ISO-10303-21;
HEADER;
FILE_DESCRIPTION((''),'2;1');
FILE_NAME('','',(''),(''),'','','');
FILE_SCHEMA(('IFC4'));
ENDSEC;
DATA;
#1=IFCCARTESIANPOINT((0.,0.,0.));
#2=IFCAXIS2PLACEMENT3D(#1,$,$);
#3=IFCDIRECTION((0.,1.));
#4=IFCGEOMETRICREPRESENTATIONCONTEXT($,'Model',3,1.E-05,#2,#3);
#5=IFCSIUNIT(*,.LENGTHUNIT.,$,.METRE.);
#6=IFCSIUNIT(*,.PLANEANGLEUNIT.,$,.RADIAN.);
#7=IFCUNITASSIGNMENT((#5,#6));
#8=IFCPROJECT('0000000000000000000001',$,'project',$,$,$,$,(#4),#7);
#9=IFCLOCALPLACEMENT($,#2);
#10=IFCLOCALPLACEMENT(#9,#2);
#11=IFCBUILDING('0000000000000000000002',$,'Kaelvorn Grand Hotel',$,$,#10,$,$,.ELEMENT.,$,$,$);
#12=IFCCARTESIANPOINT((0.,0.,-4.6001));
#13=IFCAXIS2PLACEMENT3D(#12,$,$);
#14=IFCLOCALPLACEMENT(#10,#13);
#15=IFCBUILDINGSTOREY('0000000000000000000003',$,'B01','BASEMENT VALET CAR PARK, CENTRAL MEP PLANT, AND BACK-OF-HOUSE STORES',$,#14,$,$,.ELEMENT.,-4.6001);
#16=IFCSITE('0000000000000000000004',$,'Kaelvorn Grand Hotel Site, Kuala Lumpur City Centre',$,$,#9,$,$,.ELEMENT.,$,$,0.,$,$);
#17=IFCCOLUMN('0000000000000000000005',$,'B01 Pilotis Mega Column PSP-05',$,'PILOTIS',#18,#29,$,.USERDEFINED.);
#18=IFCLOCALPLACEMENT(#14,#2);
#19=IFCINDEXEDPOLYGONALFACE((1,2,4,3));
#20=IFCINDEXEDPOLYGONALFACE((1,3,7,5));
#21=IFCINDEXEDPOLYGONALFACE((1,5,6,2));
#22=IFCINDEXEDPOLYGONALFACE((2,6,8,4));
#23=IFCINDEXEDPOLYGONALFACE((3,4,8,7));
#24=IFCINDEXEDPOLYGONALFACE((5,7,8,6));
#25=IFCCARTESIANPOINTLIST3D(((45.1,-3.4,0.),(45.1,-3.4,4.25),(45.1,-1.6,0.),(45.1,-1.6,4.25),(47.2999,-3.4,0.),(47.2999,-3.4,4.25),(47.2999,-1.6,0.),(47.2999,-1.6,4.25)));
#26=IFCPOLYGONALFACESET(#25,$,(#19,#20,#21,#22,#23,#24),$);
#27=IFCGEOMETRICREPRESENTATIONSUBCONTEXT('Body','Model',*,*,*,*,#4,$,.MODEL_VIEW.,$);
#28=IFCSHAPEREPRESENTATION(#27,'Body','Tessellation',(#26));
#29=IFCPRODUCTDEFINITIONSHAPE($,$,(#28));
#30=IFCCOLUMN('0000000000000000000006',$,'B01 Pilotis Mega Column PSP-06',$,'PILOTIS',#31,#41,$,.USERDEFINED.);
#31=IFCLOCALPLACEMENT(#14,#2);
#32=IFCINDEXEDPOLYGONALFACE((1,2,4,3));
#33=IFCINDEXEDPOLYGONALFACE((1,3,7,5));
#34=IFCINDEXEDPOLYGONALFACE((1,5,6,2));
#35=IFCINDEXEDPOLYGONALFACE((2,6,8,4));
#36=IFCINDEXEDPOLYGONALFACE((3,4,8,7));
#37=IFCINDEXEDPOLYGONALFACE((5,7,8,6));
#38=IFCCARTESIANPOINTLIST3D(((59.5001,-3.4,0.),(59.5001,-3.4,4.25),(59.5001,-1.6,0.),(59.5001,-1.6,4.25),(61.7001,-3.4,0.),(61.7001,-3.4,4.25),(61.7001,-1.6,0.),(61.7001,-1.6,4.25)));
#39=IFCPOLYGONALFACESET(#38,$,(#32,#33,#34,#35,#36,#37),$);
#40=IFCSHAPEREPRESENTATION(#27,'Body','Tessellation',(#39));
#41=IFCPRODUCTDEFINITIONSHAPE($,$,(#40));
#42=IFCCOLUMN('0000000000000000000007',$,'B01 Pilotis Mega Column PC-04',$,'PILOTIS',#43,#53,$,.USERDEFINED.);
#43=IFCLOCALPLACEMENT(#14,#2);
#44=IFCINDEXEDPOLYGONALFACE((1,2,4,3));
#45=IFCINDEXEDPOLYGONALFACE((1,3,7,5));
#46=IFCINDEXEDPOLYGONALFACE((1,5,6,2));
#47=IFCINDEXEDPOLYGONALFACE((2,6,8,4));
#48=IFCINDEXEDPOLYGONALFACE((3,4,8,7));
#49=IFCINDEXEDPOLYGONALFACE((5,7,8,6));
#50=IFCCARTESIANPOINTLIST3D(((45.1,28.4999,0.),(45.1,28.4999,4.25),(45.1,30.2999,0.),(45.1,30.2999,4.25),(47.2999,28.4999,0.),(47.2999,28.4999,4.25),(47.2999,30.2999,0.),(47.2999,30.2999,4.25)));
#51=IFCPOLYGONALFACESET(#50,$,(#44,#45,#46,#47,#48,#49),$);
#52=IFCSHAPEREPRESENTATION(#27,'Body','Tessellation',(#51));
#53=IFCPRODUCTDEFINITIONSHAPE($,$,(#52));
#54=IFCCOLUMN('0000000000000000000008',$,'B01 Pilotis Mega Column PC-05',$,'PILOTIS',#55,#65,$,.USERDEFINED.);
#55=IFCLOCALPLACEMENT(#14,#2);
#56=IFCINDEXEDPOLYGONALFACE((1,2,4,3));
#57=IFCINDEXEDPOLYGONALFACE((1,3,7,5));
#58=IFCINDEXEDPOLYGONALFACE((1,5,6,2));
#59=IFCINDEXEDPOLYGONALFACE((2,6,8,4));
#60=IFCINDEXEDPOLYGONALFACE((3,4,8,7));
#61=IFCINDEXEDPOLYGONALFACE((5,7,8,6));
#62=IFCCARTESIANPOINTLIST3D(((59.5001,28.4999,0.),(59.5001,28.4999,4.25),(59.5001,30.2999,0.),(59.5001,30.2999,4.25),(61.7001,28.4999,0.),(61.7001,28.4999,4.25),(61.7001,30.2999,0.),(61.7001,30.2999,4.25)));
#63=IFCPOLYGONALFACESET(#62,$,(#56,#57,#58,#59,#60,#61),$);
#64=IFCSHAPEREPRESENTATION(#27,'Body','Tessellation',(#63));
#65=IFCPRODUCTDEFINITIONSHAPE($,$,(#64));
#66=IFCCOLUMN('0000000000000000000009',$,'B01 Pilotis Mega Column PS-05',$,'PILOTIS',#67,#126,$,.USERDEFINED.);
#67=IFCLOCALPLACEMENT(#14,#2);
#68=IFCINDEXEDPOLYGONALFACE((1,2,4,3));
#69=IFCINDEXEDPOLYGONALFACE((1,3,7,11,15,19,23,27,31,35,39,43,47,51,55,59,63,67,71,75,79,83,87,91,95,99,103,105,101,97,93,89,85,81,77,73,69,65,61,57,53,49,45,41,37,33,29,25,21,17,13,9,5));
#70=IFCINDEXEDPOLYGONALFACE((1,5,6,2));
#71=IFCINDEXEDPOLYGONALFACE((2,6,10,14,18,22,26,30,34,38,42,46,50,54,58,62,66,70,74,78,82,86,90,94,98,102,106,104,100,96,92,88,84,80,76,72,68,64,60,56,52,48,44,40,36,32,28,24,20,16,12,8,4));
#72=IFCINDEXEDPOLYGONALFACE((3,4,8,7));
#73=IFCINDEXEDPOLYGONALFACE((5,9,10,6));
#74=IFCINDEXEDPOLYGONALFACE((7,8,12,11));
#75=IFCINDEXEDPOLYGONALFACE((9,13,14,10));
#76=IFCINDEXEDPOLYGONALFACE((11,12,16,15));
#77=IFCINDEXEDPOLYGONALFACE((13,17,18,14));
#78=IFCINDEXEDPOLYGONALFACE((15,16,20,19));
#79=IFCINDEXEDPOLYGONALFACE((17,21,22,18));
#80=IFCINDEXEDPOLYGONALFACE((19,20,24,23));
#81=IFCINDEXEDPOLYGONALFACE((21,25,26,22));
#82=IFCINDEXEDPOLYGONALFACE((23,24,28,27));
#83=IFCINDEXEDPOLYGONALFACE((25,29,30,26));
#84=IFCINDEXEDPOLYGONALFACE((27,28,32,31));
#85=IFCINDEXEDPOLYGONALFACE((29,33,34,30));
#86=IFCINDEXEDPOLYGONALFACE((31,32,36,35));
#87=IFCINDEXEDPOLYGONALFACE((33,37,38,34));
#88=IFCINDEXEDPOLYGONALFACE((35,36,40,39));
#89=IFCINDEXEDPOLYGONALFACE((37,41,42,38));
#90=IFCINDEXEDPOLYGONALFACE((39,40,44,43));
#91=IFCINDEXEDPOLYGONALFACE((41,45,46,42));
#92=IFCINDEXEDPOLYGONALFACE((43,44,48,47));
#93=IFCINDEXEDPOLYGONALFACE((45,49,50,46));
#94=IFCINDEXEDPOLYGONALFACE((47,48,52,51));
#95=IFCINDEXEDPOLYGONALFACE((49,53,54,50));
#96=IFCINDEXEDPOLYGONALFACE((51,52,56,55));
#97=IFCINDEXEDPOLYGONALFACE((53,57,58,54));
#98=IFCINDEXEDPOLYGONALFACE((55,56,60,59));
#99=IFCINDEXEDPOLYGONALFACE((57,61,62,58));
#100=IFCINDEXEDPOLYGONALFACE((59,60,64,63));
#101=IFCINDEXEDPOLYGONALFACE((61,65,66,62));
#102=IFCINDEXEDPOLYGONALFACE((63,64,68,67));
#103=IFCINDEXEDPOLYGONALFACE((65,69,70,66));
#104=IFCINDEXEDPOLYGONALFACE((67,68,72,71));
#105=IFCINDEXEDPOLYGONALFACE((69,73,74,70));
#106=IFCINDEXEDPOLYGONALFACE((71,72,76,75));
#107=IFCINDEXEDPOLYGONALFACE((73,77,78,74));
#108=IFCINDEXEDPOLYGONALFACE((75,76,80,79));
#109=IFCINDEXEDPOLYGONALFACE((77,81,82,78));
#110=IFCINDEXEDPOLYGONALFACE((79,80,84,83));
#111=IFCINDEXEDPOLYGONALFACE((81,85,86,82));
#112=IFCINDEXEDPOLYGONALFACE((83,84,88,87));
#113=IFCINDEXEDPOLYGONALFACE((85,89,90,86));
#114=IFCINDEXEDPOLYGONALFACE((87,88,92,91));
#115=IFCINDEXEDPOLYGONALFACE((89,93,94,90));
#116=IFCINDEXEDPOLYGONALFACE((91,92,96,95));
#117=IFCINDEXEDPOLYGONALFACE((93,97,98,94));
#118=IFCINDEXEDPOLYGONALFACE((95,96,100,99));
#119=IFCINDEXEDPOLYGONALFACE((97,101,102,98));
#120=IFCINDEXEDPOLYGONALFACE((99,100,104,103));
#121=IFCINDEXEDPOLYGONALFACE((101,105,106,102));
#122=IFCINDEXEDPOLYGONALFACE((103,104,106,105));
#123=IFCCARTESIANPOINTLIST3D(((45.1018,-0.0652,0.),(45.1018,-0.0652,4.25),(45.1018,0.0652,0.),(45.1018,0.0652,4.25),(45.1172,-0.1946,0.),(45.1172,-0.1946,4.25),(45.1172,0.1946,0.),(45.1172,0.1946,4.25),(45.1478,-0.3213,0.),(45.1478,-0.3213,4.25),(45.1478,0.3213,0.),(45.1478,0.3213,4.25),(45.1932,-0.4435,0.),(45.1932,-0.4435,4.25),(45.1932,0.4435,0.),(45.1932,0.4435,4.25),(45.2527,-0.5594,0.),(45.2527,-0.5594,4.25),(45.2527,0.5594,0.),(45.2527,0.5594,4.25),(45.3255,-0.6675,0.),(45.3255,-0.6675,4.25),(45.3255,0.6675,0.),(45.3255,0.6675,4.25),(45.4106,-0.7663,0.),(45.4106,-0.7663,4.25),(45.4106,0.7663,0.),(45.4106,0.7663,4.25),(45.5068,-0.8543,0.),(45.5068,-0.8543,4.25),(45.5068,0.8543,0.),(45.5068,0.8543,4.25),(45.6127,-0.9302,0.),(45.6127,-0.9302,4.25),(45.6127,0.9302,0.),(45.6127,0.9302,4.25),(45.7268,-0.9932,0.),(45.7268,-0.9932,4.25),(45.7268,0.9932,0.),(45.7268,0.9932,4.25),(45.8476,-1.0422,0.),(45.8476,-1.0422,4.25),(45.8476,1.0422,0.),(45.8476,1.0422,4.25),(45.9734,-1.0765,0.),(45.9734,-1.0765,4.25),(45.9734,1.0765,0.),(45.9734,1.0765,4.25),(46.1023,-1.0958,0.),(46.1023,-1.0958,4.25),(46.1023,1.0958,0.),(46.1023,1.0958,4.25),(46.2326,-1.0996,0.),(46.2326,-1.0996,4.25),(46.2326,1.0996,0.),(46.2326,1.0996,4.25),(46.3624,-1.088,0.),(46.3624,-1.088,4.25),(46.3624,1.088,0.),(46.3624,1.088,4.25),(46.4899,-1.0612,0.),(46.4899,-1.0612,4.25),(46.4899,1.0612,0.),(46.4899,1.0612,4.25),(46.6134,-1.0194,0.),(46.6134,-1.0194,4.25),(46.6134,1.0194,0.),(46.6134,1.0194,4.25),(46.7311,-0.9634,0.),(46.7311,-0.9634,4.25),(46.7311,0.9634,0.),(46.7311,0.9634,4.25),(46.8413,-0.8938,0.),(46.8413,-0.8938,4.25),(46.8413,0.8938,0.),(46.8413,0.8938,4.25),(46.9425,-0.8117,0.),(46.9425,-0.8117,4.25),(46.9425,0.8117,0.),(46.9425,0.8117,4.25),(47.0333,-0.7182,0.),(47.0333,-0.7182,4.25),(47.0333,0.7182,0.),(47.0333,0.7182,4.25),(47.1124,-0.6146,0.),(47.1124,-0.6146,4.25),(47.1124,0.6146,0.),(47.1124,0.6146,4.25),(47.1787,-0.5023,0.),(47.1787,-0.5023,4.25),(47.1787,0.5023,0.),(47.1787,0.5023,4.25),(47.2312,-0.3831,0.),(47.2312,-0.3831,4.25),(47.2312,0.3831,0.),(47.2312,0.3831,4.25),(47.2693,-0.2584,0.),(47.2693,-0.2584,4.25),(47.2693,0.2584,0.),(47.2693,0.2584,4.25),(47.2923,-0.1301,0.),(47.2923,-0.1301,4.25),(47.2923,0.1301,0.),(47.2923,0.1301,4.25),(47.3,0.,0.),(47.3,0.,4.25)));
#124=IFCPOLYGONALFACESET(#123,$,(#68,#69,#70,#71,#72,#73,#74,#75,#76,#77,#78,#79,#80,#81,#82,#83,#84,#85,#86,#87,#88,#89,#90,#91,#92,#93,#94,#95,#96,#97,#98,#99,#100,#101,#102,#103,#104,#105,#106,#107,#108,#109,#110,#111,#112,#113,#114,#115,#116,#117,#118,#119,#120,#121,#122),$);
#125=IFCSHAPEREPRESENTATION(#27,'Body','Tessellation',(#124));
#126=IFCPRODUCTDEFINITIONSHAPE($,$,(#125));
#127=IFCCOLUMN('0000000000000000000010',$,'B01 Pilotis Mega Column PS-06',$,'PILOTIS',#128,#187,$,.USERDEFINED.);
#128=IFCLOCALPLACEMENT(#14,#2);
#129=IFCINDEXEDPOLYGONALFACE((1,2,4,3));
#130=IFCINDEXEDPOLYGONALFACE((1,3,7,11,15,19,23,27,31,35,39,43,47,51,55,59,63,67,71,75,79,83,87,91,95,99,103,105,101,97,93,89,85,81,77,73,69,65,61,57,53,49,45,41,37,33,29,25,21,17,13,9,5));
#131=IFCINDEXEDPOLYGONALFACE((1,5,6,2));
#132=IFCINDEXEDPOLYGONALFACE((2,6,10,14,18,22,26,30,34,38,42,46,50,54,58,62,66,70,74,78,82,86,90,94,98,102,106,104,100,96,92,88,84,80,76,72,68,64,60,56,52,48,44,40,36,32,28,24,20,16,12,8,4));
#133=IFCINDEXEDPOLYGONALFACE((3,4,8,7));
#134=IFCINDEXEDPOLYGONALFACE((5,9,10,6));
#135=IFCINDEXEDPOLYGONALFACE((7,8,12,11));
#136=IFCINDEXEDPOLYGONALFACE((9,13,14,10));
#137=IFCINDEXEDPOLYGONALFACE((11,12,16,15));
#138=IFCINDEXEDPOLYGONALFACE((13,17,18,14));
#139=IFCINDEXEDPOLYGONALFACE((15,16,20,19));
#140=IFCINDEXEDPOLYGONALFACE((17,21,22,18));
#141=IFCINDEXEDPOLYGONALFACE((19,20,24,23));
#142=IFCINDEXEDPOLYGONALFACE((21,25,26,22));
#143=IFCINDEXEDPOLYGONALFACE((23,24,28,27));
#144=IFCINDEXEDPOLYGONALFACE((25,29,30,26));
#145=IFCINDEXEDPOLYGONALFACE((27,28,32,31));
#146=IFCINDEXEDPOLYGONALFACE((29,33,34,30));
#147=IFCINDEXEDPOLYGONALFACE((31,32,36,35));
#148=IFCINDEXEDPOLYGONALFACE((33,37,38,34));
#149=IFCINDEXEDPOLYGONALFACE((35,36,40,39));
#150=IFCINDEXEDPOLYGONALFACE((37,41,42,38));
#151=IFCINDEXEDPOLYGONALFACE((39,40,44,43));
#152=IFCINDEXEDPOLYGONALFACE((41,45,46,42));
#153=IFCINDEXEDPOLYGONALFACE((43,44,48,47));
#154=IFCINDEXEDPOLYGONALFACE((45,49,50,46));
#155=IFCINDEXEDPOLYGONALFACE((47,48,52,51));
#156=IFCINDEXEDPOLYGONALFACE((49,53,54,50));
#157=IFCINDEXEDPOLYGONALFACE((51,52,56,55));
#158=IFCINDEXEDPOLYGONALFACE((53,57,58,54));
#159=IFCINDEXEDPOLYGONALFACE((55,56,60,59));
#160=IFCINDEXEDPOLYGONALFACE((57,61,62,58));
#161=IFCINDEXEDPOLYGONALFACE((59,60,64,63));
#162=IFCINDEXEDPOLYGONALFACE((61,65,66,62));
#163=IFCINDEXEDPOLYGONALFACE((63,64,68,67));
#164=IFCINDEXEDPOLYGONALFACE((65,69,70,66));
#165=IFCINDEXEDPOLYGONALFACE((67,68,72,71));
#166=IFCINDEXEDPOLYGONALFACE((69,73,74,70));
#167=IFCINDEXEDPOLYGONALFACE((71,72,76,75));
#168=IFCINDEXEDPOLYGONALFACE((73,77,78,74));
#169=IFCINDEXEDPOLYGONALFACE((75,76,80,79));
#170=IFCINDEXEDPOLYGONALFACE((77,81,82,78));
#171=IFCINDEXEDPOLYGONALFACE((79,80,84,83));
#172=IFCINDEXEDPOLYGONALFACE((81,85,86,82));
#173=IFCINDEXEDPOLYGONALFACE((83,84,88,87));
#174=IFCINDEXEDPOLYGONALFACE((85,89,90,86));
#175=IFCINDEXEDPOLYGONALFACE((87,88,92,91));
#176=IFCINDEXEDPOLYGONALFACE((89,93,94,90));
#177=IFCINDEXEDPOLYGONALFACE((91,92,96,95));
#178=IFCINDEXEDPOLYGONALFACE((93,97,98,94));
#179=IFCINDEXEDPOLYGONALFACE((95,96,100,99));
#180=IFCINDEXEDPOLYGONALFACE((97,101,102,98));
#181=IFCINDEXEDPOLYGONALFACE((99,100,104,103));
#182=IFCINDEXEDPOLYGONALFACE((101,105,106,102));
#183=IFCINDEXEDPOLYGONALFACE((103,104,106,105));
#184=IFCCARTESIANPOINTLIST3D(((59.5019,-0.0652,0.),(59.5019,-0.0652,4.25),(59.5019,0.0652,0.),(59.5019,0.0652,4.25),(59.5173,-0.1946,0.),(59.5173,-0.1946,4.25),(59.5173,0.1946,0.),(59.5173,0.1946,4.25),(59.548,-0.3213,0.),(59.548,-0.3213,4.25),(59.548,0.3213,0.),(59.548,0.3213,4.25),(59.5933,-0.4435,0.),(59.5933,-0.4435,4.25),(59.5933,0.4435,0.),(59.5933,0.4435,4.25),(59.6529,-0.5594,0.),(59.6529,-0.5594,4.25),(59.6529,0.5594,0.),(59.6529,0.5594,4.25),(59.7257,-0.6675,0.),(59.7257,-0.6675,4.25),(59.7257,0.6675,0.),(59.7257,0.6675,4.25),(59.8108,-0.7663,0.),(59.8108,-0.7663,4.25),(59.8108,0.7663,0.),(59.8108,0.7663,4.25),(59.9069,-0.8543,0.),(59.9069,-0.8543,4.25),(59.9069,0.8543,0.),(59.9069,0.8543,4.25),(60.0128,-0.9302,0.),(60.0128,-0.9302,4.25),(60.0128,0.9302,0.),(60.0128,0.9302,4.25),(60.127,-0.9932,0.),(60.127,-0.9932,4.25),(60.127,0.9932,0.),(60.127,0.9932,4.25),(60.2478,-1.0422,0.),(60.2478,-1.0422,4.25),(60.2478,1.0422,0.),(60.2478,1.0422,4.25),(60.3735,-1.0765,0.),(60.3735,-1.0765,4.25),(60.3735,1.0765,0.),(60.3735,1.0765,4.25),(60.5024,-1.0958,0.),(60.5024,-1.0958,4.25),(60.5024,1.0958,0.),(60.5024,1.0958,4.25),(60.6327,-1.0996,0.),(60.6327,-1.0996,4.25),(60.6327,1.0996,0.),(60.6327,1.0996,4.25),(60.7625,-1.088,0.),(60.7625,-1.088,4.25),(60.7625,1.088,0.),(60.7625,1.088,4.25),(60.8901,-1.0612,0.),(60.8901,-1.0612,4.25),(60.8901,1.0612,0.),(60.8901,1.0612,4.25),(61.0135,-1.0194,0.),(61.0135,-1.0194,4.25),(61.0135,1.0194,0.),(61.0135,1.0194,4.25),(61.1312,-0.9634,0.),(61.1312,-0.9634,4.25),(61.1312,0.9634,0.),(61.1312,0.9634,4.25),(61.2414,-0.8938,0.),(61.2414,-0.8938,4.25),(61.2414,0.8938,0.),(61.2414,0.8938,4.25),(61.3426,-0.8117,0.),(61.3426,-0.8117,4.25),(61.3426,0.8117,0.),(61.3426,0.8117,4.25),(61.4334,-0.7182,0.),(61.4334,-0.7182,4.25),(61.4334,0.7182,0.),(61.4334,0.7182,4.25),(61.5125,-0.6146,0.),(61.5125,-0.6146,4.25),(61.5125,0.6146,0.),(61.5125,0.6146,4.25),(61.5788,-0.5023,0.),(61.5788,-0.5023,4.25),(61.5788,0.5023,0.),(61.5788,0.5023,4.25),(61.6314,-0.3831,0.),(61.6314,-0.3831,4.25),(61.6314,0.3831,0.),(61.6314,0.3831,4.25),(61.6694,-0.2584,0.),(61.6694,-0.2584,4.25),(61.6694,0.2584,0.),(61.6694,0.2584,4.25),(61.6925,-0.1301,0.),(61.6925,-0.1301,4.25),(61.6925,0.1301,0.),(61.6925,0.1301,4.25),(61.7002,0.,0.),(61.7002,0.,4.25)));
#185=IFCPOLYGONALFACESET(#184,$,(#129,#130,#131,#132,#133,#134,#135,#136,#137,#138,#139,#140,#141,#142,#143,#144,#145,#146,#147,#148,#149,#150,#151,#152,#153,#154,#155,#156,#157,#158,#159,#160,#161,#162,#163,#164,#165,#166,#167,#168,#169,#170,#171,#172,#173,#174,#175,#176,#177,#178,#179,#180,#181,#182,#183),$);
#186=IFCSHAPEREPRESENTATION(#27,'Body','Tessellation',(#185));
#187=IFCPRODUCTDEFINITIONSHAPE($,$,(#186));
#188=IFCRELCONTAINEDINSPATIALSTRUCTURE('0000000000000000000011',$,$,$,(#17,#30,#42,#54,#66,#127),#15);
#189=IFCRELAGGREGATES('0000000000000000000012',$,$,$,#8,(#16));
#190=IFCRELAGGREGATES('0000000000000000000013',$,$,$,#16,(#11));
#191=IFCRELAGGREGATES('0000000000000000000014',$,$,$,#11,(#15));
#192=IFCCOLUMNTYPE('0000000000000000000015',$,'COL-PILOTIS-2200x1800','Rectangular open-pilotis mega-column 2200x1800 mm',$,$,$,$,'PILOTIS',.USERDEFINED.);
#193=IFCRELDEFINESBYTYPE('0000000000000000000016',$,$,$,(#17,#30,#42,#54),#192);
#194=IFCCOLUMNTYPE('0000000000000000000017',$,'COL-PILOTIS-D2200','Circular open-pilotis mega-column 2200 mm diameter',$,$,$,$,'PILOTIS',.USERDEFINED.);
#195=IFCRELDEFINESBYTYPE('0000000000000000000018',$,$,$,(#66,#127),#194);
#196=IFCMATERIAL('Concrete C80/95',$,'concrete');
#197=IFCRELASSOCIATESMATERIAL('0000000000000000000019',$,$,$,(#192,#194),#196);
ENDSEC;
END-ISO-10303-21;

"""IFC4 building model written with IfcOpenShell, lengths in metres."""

from ifc_helpers import new_model, si_unit, direction, frame, origin, origin_2d, place, context, subcontext, project, spatial, rectangle, circle, extrude, material, material_profile, profile_set, type_object, element, save


model = new_model("IFC4")

# Units and contexts
model_context = context("Model", 3, precision=1e-05, world=origin(), true_north=direction((0.0, 1.0)))
body_context = subcontext(model_context, "Body", "Model", "MODEL_VIEW")
ifc_project = project(units=[si_unit("LENGTHUNIT", "METRE"), si_unit("PLANEANGLEUNIT", "RADIAN")], contexts=[model_context])

# Site, building, storey
site_placement = place(None, origin())
site = spatial("IfcSite", under=ifc_project, at=site_placement, Name="Kaelvorn Grand Hotel Site, Kuala Lumpur City Centre", CompositionType="ELEMENT", RefElevation=0.0)
building_placement = place(site_placement, origin())
building = spatial("IfcBuilding", under=site, at=building_placement, Name="Kaelvorn Grand Hotel", CompositionType="ELEMENT")
storey_placement = place(building_placement, frame((0.0, 0.0, -4.6001)))
storey = spatial("IfcBuildingStorey", under=building, at=storey_placement, Name="B01", Description="BASEMENT VALET CAR PARK, CENTRAL MEP PLANT, AND BACK-OF-HOUSE STORES", CompositionType="ELEMENT", Elevation=-4.6001)

# Columns
ifc_material_1 = material(Name="Concrete C80/95", Category="concrete")
ifc_material_profile_1 = material_profile(ifc_material_1, rectangle(XDim=2.2, YDim=1.8, at=origin_2d()), Name="PILOTIS 2200x1800")
ifc_profile_set_1 = profile_set([ifc_material_profile_1], Name="Concrete C80/95")
column_type_1 = type_object("IfcColumnType", Name="COL-PILOTIS-2200x1800", Description="Rectangular open-pilotis mega-column 2200x1800 mm", ElementType="PILOTIS", PredefinedType="USERDEFINED", material=ifc_profile_set_1)
for number, where, z_axis, x_axis, name in (
    (1, (46.2, -2.5, 0.0), (0.0, 0.0, 1.0), (1.0, 0.0, 0.0), "B01 Pilotis Mega Column PSP-05"),
    (2, (60.6001, -2.5, 0.0), (0.0, 0.0, 1.0), (1.0, 0.0, 0.0), "B01 Pilotis Mega Column PSP-06"),
    (3, (46.2, 29.3999, 0.0), (0.0, 0.0, 1.0), (1.0, 0.0, 0.0), "B01 Pilotis Mega Column PC-04"),
    (4, (60.6001, 29.3999, 0.0), (0.0, 0.0, 1.0), (1.0, 0.0, 0.0), "B01 Pilotis Mega Column PC-05"),
):
    element("IfcColumn", number, at=place(storey_placement, frame(where, z_axis=z_axis, x_axis=x_axis)), inside=storey, type_object=column_type_1, Name=name, ObjectType="PILOTIS", PredefinedType="USERDEFINED", context=body_context, shape_type="SweptSolid", body=[
        extrude(rectangle(XDim=2.2, YDim=1.8, at=origin_2d()), origin(), (0.0, 0.0, 1.0), 4.25),
    ])
ifc_material_profile_2 = material_profile(ifc_material_1, circle(Radius=1.1001, at=origin_2d()), Name="PILOTIS D2200")
ifc_profile_set_2 = profile_set([ifc_material_profile_2], Name="Concrete C80/95")
column_type_2 = type_object("IfcColumnType", Name="COL-PILOTIS-D2200", Description="Circular open-pilotis mega-column 2200 mm diameter", ElementType="PILOTIS", PredefinedType="USERDEFINED", material=ifc_profile_set_2)
for number, where, z_axis, x_axis, name in (
    (5, (46.2, 0.0, 0.0), (0.0, 0.0, 1.0), (1.0, 0.0, 0.0), "B01 Pilotis Mega Column PS-05"),
    (6, (60.6001, 0.0, 0.0), (0.0, 0.0, 1.0), (1.0, 0.0, 0.0), "B01 Pilotis Mega Column PS-06"),
):
    element("IfcColumn", number, at=place(storey_placement, frame(where, z_axis=z_axis, x_axis=x_axis)), inside=storey, type_object=column_type_2, Name=name, ObjectType="PILOTIS", PredefinedType="USERDEFINED", context=body_context, shape_type="SweptSolid", body=[
        extrude(circle(Radius=1.1001, at=origin_2d()), origin(), (0.0, 0.0, 1.0), 4.25),
    ])

save(model, "model.ifc")
